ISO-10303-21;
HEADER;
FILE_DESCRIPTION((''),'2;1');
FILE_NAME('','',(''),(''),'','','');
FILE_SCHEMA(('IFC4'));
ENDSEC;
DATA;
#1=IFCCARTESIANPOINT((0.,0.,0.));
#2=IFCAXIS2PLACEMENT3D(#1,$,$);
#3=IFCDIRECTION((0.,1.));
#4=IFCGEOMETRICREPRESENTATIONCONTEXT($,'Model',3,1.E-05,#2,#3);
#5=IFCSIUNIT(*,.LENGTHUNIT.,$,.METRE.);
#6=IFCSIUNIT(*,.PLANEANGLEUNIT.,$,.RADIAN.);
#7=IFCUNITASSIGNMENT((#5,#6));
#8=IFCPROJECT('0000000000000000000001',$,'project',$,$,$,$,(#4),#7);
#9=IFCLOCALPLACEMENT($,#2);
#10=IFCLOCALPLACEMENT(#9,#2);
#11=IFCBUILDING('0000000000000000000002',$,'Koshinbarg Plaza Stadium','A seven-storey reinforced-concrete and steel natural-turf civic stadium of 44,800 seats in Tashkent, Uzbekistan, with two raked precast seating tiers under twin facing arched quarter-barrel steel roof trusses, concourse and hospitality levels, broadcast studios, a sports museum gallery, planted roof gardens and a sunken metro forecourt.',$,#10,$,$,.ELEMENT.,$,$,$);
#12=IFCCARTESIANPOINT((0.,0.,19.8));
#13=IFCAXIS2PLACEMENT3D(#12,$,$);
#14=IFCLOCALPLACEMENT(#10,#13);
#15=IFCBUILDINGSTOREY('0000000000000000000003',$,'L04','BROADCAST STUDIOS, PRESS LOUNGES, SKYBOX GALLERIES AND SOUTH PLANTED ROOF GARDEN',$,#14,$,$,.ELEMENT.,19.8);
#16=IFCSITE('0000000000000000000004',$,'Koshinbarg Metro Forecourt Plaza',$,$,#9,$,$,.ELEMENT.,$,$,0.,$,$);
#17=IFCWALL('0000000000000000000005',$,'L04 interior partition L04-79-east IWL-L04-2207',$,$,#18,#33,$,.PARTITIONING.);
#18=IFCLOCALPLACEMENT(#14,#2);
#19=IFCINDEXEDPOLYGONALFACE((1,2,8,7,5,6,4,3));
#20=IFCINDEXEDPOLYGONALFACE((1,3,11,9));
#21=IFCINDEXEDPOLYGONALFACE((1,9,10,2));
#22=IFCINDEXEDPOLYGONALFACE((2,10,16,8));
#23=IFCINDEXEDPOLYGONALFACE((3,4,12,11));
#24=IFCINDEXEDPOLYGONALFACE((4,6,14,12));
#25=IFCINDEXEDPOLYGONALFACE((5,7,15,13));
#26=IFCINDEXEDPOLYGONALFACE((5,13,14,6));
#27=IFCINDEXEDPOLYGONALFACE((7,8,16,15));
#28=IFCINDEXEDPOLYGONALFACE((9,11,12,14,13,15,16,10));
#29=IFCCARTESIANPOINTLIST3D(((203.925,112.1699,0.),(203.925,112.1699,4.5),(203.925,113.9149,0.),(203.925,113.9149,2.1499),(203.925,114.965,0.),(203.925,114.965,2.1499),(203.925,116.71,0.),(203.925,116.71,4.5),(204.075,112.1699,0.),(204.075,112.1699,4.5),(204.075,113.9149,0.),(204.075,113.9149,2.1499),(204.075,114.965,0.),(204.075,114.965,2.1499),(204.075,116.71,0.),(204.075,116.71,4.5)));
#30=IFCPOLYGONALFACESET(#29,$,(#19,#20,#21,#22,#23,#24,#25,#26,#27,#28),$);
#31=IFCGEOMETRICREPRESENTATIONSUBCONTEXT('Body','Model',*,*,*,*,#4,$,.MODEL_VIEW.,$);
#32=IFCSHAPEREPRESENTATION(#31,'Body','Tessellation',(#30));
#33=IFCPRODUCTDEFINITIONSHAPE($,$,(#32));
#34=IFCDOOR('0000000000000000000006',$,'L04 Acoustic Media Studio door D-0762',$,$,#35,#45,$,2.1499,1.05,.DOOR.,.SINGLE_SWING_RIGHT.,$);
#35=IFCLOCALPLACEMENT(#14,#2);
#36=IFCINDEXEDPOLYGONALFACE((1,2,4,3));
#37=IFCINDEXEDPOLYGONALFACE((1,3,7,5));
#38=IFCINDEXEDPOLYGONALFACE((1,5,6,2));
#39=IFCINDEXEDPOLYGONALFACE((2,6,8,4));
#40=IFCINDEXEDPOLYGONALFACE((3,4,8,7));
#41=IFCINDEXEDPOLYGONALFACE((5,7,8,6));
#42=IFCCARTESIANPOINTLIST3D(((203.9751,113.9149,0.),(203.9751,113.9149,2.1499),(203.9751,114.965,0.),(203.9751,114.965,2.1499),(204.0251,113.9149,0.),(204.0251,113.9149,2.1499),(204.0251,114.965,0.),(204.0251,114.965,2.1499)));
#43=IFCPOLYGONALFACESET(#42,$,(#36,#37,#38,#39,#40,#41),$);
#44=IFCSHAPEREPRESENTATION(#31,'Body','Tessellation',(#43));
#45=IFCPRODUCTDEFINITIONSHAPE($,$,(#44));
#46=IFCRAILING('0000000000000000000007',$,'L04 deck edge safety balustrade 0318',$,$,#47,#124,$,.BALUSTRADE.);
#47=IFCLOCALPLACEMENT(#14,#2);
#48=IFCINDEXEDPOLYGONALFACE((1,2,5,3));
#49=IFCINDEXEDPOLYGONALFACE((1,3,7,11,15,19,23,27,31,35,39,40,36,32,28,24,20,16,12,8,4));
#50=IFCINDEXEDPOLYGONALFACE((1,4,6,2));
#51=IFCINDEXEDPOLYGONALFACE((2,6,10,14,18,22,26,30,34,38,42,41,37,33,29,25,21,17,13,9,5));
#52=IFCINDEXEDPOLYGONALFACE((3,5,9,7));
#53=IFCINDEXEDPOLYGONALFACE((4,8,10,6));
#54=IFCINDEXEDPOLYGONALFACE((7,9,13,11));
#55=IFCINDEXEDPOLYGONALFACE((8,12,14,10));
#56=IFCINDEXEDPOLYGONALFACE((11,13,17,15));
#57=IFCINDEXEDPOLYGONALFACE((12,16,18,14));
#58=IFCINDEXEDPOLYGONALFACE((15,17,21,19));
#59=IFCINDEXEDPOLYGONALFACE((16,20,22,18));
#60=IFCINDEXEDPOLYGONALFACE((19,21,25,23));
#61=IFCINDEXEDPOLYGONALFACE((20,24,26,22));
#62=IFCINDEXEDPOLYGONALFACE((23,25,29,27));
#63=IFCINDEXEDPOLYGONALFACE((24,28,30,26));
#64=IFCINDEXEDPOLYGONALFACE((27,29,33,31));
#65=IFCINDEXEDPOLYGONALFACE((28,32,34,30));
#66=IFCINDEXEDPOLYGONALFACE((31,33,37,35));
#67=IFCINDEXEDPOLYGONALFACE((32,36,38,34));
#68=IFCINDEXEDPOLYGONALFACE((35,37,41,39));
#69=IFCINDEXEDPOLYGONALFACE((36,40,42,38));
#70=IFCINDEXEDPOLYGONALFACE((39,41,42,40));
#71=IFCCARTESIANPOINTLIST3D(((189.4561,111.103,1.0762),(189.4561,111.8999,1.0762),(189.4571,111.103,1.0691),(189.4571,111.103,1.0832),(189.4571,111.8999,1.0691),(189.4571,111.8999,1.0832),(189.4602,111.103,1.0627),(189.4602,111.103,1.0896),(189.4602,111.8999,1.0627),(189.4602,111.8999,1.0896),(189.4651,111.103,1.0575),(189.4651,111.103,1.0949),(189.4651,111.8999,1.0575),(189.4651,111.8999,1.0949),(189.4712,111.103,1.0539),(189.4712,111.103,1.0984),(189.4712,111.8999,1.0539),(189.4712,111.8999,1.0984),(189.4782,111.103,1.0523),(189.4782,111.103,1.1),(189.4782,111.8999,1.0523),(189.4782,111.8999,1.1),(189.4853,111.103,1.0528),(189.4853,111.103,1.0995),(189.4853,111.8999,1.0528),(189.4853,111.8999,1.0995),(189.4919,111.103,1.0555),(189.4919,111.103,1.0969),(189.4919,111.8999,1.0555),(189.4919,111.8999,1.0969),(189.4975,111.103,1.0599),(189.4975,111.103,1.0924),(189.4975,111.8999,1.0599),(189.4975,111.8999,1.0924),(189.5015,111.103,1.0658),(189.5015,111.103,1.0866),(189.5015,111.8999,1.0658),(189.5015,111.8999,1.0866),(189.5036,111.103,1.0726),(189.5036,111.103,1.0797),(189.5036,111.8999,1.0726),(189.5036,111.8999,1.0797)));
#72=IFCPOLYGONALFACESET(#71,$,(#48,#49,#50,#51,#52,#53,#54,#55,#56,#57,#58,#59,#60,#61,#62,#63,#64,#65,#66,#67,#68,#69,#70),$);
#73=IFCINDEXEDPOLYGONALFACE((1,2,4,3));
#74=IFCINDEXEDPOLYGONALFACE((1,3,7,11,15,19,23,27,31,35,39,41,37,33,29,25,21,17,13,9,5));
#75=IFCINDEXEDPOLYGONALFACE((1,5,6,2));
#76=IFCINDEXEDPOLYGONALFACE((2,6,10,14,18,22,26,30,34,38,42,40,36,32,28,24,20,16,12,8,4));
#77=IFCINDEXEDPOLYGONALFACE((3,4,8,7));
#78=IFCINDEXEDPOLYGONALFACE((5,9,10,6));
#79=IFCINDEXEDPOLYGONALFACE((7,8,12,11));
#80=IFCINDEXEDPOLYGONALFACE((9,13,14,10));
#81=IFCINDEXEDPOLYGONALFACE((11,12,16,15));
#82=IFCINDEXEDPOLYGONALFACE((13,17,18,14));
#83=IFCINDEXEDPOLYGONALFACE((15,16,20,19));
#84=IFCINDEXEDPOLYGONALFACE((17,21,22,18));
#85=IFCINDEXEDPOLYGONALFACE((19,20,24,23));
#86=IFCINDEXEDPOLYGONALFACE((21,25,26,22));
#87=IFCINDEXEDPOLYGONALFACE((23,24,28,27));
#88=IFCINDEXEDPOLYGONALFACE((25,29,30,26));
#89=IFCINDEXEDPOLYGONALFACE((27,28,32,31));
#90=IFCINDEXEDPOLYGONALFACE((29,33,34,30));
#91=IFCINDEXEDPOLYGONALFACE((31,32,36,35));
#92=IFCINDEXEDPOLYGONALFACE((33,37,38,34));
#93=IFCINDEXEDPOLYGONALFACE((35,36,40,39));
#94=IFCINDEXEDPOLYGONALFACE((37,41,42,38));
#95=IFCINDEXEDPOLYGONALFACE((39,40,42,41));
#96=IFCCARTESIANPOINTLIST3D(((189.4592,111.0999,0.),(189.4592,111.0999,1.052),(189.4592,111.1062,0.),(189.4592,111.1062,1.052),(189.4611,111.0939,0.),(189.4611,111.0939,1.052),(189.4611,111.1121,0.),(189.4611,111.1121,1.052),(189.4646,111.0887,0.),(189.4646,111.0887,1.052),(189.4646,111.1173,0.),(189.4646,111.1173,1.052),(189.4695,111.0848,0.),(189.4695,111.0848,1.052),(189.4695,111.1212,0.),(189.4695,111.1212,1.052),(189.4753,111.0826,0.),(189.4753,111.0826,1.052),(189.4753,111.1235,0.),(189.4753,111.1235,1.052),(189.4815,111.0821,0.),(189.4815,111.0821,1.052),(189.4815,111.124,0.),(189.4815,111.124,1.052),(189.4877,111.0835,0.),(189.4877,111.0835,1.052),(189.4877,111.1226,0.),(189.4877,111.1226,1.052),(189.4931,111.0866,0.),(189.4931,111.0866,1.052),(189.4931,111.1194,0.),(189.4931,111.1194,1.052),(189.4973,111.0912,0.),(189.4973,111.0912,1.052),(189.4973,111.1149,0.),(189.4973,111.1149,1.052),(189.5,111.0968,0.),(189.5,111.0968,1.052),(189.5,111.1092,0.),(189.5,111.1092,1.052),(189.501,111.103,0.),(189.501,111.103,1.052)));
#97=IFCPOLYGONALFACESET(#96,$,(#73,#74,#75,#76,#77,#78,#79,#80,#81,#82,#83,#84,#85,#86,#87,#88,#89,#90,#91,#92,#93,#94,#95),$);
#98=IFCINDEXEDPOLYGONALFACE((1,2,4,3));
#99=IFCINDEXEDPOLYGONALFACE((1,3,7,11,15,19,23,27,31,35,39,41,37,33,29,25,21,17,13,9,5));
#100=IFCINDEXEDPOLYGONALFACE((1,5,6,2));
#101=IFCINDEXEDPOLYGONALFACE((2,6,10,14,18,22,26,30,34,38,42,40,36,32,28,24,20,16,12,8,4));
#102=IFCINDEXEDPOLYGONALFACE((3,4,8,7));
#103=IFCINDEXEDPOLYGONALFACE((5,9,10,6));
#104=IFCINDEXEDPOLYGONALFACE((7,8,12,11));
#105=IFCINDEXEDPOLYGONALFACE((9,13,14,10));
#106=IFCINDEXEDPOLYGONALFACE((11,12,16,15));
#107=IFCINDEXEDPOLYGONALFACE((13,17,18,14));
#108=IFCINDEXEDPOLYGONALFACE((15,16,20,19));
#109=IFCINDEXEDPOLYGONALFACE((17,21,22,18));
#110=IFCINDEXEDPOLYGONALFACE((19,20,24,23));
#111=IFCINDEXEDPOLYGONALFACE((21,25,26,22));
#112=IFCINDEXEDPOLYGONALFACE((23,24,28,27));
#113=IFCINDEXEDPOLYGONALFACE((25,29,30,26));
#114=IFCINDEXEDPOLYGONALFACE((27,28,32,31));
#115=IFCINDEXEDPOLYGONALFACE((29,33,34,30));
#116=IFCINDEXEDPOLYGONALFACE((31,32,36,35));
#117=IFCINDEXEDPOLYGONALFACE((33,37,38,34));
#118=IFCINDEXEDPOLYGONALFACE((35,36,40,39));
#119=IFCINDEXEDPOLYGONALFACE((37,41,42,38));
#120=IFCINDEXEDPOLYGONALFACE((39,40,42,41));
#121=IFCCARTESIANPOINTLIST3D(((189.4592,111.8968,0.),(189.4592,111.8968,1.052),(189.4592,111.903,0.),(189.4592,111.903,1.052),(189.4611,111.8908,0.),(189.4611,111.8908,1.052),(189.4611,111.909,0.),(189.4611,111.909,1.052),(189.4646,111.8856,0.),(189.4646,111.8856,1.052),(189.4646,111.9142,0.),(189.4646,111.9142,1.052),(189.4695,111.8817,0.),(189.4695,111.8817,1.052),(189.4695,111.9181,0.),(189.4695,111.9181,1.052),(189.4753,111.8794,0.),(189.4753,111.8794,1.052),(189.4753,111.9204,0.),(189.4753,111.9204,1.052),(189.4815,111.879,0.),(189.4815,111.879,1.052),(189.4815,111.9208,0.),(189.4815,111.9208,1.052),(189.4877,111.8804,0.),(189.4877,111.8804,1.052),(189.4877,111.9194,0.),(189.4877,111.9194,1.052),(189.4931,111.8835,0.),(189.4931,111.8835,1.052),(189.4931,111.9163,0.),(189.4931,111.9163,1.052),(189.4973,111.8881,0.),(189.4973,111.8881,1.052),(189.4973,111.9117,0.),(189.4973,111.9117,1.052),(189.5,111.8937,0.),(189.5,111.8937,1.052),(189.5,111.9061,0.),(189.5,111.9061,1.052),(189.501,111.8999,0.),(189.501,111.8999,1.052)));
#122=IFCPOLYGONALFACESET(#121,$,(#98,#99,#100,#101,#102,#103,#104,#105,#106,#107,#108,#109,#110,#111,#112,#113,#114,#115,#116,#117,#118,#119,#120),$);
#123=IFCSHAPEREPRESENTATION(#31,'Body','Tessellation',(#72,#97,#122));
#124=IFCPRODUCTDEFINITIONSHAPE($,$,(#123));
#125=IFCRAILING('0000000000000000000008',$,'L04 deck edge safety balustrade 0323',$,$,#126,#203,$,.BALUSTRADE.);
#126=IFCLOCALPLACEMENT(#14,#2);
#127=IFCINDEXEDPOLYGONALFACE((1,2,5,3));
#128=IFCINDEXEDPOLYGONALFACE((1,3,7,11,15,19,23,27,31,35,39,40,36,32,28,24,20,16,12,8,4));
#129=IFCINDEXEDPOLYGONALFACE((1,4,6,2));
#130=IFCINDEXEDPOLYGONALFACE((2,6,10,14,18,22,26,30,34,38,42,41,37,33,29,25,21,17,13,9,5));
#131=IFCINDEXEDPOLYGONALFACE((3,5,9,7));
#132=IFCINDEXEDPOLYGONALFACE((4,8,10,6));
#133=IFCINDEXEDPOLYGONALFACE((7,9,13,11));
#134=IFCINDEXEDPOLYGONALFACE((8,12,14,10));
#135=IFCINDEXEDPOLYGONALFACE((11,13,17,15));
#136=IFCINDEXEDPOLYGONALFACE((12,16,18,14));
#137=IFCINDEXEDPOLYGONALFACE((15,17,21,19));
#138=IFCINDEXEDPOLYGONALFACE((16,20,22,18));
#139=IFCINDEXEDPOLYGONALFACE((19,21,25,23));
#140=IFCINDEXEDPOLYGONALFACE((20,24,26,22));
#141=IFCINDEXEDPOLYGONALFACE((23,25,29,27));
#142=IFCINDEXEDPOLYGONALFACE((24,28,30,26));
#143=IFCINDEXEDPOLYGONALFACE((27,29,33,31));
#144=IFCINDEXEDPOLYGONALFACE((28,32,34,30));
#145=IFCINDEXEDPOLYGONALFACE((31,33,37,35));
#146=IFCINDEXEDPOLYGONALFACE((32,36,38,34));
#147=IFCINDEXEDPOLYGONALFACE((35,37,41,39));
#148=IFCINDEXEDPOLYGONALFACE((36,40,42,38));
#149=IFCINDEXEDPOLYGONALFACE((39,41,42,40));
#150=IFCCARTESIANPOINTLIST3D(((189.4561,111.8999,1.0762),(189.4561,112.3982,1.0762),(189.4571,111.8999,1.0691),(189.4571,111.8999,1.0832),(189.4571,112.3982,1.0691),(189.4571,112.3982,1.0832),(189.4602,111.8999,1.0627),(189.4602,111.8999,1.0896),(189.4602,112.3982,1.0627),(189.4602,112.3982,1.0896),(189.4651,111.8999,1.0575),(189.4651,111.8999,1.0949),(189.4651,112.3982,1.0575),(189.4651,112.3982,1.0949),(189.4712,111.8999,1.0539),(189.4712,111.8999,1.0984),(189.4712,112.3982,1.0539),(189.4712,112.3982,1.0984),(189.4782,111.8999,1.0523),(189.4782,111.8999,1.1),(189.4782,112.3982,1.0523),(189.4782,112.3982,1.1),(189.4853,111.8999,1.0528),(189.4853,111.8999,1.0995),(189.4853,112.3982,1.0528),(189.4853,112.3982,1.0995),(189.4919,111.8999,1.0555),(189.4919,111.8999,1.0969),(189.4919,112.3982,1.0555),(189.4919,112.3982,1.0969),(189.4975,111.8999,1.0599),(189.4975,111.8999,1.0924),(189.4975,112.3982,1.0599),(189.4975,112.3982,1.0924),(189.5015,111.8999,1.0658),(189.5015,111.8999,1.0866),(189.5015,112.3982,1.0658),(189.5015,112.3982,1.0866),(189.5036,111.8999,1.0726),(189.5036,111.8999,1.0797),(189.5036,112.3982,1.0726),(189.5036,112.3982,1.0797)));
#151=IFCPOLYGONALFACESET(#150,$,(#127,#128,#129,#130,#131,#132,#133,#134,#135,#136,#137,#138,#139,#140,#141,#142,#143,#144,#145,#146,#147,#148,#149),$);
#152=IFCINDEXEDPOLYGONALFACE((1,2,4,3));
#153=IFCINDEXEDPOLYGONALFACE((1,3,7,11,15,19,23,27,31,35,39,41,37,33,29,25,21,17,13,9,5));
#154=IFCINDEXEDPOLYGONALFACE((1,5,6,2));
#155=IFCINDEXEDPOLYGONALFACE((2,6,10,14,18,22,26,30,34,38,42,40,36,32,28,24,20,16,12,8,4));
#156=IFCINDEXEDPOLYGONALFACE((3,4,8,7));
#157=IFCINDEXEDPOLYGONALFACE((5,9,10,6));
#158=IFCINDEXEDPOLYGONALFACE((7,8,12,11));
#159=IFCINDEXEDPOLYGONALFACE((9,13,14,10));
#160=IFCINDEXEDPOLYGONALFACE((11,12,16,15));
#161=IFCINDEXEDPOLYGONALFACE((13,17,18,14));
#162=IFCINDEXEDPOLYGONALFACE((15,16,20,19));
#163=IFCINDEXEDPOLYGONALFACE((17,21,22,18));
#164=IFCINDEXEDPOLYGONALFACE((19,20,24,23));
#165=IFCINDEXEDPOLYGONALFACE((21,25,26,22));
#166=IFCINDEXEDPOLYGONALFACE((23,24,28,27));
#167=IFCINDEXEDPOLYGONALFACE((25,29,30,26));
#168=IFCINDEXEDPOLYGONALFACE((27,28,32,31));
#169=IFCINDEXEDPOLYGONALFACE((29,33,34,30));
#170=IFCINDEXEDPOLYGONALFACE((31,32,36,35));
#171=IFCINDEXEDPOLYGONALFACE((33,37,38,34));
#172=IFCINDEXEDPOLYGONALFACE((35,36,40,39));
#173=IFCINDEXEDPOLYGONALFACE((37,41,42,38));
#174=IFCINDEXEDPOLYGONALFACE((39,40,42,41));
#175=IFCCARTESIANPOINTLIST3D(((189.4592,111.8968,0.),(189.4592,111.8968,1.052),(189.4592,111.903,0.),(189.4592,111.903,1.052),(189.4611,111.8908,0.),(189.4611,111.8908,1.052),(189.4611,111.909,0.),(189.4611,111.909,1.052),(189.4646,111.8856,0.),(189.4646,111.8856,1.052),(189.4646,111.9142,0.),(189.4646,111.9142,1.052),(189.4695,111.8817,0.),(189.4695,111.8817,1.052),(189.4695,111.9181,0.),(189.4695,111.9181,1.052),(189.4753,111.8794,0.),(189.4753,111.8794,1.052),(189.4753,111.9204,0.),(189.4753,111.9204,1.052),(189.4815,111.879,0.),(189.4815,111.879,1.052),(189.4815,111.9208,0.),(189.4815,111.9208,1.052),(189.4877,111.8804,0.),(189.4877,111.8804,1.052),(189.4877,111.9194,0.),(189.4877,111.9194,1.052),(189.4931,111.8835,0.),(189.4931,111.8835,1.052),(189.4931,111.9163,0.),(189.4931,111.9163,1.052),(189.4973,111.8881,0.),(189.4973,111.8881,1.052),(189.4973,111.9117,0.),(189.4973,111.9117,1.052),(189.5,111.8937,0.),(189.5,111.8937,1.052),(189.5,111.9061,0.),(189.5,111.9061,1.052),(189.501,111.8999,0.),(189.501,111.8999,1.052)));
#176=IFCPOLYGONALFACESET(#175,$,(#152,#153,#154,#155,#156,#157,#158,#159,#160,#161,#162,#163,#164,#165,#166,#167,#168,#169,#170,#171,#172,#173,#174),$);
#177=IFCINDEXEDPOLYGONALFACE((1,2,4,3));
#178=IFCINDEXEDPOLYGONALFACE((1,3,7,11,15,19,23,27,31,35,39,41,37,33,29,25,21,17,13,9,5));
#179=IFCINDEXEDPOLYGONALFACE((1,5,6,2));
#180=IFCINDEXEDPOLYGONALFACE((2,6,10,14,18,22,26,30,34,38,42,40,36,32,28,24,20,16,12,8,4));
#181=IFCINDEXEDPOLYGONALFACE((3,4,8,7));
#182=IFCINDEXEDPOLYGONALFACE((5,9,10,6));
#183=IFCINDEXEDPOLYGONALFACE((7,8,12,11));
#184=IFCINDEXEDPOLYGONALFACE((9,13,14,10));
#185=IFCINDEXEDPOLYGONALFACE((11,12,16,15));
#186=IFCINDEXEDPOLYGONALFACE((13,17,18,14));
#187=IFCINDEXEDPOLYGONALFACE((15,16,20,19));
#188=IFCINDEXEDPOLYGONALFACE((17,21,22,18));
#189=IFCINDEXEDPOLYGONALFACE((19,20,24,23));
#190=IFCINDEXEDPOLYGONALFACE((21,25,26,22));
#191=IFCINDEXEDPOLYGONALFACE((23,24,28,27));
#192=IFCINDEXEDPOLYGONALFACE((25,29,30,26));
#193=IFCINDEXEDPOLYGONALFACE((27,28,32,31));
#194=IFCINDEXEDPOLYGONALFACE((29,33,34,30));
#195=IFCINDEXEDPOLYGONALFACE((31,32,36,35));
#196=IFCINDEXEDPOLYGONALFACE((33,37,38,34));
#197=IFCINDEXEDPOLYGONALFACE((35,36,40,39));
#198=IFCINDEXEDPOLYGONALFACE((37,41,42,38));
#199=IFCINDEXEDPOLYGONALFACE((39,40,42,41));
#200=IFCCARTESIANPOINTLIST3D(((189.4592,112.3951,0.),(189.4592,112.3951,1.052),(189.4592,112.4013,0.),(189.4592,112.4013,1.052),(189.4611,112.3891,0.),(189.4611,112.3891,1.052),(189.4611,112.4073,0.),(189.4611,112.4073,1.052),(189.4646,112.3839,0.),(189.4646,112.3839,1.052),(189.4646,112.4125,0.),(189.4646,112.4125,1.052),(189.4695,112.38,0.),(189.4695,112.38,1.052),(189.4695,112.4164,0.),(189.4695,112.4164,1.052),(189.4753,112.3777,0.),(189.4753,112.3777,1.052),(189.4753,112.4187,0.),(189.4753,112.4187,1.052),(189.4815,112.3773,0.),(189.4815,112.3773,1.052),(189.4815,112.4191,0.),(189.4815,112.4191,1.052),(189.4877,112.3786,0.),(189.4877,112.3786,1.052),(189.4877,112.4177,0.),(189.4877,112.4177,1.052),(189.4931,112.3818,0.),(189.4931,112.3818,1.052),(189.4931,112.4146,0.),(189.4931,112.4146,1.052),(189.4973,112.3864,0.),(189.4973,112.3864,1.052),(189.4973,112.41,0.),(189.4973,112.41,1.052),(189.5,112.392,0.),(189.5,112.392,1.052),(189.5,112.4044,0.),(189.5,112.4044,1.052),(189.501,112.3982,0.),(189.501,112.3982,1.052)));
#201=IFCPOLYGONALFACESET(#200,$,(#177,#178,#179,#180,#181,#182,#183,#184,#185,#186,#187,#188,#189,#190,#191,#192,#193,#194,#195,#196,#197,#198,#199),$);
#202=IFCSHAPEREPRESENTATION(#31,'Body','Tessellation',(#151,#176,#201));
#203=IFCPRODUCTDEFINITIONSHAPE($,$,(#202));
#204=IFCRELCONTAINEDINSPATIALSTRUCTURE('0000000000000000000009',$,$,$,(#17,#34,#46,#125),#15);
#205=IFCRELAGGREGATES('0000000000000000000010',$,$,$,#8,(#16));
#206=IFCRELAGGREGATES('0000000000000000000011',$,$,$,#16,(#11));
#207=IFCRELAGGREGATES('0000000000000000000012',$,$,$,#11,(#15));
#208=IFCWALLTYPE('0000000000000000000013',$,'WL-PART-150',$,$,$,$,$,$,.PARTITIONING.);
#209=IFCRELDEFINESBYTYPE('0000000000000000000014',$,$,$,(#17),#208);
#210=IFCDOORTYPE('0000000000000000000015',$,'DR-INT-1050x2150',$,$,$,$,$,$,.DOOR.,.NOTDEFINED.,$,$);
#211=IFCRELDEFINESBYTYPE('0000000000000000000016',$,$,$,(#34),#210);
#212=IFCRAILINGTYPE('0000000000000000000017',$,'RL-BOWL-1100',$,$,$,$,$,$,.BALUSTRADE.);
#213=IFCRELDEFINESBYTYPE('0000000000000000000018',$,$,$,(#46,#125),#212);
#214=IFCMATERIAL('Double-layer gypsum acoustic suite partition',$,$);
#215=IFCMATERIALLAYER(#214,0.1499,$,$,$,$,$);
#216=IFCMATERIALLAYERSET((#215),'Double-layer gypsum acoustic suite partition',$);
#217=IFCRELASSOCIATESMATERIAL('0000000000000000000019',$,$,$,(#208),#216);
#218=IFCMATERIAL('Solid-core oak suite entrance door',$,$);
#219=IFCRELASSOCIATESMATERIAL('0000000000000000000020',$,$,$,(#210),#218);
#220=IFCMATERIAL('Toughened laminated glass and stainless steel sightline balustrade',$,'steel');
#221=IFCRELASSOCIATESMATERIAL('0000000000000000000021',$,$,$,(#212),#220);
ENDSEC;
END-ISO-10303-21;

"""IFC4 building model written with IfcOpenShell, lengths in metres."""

from ifc_helpers import new_model, si_unit, direction, frame, frame_2d, origin, origin_2d, place, context, subcontext, project, spatial, rectangle, circle, extrude, material, layer, layer_set, type_object, element, fill, save


model = new_model("IFC4")

# Units and contexts
model_context = context("Model", 3, precision=1e-05, world=origin(), true_north=direction((0.0, 1.0)))
body_context = subcontext(model_context, "Body", "Model", "MODEL_VIEW")
ifc_project = project(units=[si_unit("LENGTHUNIT", "METRE"), si_unit("PLANEANGLEUNIT", "RADIAN")], contexts=[model_context])

# Site, building, storey
site_placement = place(None, origin())
site = spatial("IfcSite", under=ifc_project, at=site_placement, Name="Koshinbarg Metro Forecourt Plaza", CompositionType="ELEMENT", RefElevation=0.0)
building_placement = place(site_placement, origin())
building = spatial("IfcBuilding", under=site, at=building_placement, Name="Koshinbarg Plaza Stadium", Description="A seven-storey reinforced-concrete and steel natural-turf civic stadium of 44,800 seats in Tashkent, Uzbekistan, with two raked precast seating tiers under twin facing arched quarter-barrel steel roof trusses, concourse and hospitality levels, broadcast studios, a sports museum gallery, planted roof gardens and a sunken metro forecourt.", CompositionType="ELEMENT")
storey_placement = place(building_placement, frame((0.0, 0.0, 19.8)))
storey = spatial("IfcBuildingStorey", under=building, at=storey_placement, Name="L04", Description="BROADCAST STUDIOS, PRESS LOUNGES, SKYBOX GALLERIES AND SOUTH PLANTED ROOF GARDEN", CompositionType="ELEMENT", Elevation=19.8)

# Shared definitions
ifc_material_1 = material(Name="Double-layer gypsum acoustic suite partition")
ifc_layer_1 = layer(ifc_material_1, 0.1499)
ifc_layer_set_1 = layer_set([ifc_layer_1], Name="Double-layer gypsum acoustic suite partition")
wall_type_1 = type_object("IfcWallType", Name="WL-PART-150", PredefinedType="PARTITIONING", material=ifc_layer_set_1)

# Wall, opening, door
wall_1_placement = place(storey_placement, frame((204.0, 112.1699, 0.0), z_axis=(0.0, 0.0, 1.0), x_axis=(0.0, 1.0, 0.0)))
wall_1 = element("IfcWall", 1, at=wall_1_placement, inside=storey, type_object=wall_type_1, Name="L04 interior partition L04-79-east IWL-L04-2207", PredefinedType="PARTITIONING", context=body_context, shape_type="SweptSolid", body=[
    extrude(rectangle(XDim=4.54, YDim=0.1499, at=frame_2d((2.27, 0.0))), origin(), (0.0, 0.0, 1.0), 4.5),
])
opening_1_placement = place(wall_1_placement, frame((1.7451, 0.0, 0.0)))
opening_1 = element("IfcOpeningElement", 2, at=opening_1_placement, cuts=wall_1, PredefinedType="OPENING", context=body_context, shape_type="SweptSolid", body=[
    extrude(rectangle(XDim=1.05, YDim=2.1499, at=frame_2d((0.5249, 1.075))), frame((0.0, 0.085, 0.0), z_axis=(0.0, -1.0, 0.0), x_axis=(1.0, 0.0, 0.0)), (0.0, 0.0, 1.0), 0.1699),
])
ifc_material_2 = material(Name="Solid-core oak suite entrance door")
door_type_1 = type_object("IfcDoorType", Name="DR-INT-1050x2150", OperationType="NOTDEFINED", PredefinedType="DOOR", material=ifc_material_2)
door_1_placement = place(opening_1_placement, origin())
door_1 = element("IfcDoor", 3, at=door_1_placement, inside=storey, type_object=door_type_1, Name="L04 Acoustic Media Studio door D-0762", OperationType="SINGLE_SWING_RIGHT", OverallHeight=2.1499, OverallWidth=1.05, PredefinedType="DOOR", context=body_context, shape_type="SweptSolid", body=[
    extrude(rectangle(XDim=1.05, YDim=2.1499, at=frame_2d((0.5249, 1.075))), frame((0.0, 0.0249, 0.0), z_axis=(0.0, -1.0, 0.0), x_axis=(1.0, 0.0, 0.0)), (0.0, 0.0, 1.0), 0.05),
])
fill(opening_1, door_1)

# Railings
ifc_material_3 = material(Name="Toughened laminated glass and stainless steel sightline balustrade", Category="steel")
railing_type = type_object("IfcRailingType", Name="RL-BOWL-1100", PredefinedType="BALUSTRADE", material=ifc_material_3)
railing_1_placement = place(storey_placement, frame((189.48, 111.103, 0.0)))
element("IfcRailing", 4, at=railing_1_placement, inside=storey, type_object=railing_type, Name="L04 deck edge safety balustrade 0318", PredefinedType="BALUSTRADE", context=body_context, shape_type="SweptSolid", body=[
    extrude(circle(Radius=0.0239, at=origin_2d()), frame((0.0, 0.0, 1.0762), z_axis=(0.0, 1.0, 0.0), x_axis=(-1.0, 0.0, 0.0)), (0.0, 0.0, 1.0), 0.7969),
    extrude(circle(Radius=0.021, at=origin_2d()), origin(), (0.0, 0.0, 1.0), 1.052),
    extrude(circle(Radius=0.021, at=origin_2d()), frame((0.0, 0.7969, 0.0)), (0.0, 0.0, 1.0), 1.052),
])
railing_2_placement = place(storey_placement, frame((189.48, 111.8999, 0.0)))
element("IfcRailing", 5, at=railing_2_placement, inside=storey, type_object=railing_type, Name="L04 deck edge safety balustrade 0323", PredefinedType="BALUSTRADE", context=body_context, shape_type="SweptSolid", body=[
    extrude(circle(Radius=0.0239, at=origin_2d()), frame((0.0, 0.0, 1.0762), z_axis=(0.0, 1.0, 0.0), x_axis=(-1.0, 0.0, 0.0)), (0.0, 0.0, 1.0), 0.4983),
    extrude(circle(Radius=0.021, at=origin_2d()), origin(), (0.0, 0.0, 1.0), 1.052),
    extrude(circle(Radius=0.021, at=origin_2d()), frame((0.0, 0.4983, 0.0)), (0.0, 0.0, 1.0), 1.052),
])

save(model, "model.ifc")
